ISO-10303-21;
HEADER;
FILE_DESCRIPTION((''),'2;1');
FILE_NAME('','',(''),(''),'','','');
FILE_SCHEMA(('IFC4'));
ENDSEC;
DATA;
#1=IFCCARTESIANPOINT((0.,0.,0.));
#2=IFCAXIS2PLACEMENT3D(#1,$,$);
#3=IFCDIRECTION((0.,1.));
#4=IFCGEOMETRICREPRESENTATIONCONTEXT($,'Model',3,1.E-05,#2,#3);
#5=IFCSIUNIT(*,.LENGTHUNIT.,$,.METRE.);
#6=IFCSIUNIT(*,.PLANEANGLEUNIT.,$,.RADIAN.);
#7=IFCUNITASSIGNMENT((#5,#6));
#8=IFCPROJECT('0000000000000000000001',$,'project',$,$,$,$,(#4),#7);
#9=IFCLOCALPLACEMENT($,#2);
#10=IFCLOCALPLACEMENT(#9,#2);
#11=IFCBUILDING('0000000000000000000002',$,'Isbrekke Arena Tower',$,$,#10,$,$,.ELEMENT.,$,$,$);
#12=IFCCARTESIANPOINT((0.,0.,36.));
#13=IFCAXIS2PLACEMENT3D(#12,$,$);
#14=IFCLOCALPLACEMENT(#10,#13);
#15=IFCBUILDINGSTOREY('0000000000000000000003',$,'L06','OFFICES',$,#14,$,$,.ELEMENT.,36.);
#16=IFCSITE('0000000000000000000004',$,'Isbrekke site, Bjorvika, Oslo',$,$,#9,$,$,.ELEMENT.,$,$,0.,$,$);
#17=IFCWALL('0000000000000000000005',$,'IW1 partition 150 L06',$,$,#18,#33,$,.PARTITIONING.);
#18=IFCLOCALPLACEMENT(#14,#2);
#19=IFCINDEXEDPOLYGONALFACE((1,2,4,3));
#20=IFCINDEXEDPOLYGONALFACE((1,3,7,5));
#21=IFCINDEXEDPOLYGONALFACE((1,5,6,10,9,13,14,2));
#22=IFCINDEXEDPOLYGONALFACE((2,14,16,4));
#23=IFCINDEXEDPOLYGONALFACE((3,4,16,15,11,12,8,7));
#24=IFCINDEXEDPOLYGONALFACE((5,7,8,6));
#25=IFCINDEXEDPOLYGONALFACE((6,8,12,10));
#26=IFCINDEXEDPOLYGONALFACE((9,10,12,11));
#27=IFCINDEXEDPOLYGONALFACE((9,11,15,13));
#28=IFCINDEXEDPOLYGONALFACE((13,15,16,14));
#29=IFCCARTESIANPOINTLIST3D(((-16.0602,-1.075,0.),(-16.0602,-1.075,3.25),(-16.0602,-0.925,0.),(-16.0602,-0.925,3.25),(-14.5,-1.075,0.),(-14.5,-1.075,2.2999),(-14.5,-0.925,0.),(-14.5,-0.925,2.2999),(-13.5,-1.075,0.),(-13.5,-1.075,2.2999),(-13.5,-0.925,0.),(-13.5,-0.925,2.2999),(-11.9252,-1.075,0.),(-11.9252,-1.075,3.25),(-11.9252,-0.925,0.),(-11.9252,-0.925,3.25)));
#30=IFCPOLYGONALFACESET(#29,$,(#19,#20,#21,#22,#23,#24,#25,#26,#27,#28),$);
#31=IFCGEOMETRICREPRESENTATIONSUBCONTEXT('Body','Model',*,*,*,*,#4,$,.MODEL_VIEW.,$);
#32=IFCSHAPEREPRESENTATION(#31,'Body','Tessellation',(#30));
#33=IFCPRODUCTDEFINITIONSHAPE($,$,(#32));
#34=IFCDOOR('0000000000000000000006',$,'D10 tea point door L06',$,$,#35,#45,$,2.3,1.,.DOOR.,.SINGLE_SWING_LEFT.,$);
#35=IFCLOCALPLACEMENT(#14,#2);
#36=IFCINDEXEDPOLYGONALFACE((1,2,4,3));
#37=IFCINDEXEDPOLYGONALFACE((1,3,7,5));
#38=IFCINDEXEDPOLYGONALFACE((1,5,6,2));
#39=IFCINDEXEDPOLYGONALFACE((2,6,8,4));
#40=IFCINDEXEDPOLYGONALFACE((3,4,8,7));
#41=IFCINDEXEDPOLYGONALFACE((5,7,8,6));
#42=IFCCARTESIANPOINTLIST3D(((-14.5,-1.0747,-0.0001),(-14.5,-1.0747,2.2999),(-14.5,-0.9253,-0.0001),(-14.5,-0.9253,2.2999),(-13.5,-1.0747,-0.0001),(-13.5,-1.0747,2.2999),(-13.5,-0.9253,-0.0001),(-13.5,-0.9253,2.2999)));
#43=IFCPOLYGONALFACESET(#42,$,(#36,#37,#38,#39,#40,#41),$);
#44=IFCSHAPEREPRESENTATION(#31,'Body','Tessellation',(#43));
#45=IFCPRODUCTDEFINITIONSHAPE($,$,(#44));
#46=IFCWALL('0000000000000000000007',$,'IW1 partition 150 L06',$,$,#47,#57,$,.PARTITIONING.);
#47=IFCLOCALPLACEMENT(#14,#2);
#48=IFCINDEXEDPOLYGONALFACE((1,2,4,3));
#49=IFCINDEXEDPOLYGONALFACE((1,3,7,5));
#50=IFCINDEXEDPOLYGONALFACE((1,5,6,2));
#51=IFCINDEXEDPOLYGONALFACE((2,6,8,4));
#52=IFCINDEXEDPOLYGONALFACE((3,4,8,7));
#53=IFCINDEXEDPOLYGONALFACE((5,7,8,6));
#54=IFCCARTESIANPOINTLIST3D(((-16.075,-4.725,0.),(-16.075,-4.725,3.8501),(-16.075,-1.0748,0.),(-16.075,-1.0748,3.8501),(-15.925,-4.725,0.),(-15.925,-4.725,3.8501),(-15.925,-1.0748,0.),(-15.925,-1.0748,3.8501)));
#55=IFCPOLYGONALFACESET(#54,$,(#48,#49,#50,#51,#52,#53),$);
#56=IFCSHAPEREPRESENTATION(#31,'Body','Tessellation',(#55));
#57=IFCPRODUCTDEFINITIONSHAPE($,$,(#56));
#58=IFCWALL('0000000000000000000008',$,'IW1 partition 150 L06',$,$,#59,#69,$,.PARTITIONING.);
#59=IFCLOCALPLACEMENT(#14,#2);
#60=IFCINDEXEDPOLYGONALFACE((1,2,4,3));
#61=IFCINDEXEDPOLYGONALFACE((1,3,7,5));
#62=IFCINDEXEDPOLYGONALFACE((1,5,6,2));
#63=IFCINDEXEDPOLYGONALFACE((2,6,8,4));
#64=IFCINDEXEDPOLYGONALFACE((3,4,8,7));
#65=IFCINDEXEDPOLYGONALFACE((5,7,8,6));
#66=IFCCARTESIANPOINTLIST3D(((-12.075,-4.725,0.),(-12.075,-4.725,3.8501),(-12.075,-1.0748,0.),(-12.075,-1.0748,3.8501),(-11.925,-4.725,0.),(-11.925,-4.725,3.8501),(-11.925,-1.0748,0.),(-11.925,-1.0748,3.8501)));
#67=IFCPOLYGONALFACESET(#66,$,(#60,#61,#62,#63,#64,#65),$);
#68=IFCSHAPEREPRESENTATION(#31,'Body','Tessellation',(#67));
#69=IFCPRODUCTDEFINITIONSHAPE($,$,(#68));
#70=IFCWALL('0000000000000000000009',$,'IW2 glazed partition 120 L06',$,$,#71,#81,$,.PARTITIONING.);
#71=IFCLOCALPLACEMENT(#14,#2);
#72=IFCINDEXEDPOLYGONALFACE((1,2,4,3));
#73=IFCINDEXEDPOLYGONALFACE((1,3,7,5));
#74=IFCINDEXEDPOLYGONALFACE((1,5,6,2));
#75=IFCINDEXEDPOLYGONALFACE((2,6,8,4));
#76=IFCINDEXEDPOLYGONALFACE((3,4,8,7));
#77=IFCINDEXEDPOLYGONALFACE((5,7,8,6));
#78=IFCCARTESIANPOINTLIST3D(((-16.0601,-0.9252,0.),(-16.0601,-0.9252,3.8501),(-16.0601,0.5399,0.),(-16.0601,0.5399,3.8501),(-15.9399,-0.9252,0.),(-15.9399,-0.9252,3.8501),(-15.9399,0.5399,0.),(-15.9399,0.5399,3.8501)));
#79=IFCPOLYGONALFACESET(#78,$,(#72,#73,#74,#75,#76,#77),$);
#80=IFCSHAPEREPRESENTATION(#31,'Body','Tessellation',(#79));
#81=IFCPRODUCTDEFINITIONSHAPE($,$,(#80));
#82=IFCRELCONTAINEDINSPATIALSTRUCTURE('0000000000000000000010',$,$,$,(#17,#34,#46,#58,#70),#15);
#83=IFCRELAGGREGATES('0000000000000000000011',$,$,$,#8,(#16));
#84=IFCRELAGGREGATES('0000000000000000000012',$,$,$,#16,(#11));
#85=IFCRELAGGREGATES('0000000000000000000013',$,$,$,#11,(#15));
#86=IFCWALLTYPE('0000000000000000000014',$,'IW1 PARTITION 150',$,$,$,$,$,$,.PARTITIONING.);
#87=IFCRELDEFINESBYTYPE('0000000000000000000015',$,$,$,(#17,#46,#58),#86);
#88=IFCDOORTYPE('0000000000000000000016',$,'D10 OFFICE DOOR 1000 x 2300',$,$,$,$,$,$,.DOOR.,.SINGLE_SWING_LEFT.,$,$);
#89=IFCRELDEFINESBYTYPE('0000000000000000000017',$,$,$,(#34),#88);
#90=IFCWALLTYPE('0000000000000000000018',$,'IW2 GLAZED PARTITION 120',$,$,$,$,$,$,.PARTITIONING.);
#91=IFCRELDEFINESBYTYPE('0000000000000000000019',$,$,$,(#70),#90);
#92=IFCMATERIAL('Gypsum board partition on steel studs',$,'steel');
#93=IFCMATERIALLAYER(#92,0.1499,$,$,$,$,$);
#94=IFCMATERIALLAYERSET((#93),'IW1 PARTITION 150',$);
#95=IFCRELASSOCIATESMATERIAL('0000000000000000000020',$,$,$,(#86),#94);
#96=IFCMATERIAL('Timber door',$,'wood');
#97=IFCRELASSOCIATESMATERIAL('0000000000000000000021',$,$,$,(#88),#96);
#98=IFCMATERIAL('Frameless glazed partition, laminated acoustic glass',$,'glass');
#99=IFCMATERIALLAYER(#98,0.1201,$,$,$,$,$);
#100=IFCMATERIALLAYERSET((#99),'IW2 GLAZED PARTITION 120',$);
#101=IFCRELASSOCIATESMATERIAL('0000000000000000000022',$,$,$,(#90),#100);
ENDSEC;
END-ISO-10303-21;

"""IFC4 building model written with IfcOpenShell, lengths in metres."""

from ifc_helpers import new_model, si_unit, direction, frame, frame_2d, origin, place, context, subcontext, project, spatial, rectangle, extrude, material, layer, layer_set, type_object, element, fill, save


model = new_model("IFC4")

# Units and contexts
model_context = context("Model", 3, precision=1e-05, world=origin(), true_north=direction((0.0, 1.0)))
body_context = subcontext(model_context, "Body", "Model", "MODEL_VIEW")
ifc_project = project(units=[si_unit("LENGTHUNIT", "METRE"), si_unit("PLANEANGLEUNIT", "RADIAN")], contexts=[model_context])

# Site, building, storey
site_placement = place(None, origin())
site = spatial("IfcSite", under=ifc_project, at=site_placement, Name="Isbrekke site, Bjorvika, Oslo", CompositionType="ELEMENT", RefElevation=0.0)
building_placement = place(site_placement, origin())
building = spatial("IfcBuilding", under=site, at=building_placement, Name="Isbrekke Arena Tower", CompositionType="ELEMENT")
storey_placement = place(building_placement, frame((0.0, 0.0, 36.0)))
storey = spatial("IfcBuildingStorey", under=building, at=storey_placement, Name="L06", Description="OFFICES", CompositionType="ELEMENT", Elevation=36.0)

# Shared definitions
ifc_material_1 = material(Name="Gypsum board partition on steel studs", Category="steel")
ifc_layer_1 = layer(ifc_material_1, 0.1499)
ifc_layer_set_1 = layer_set([ifc_layer_1], Name="IW1 PARTITION 150")
wall_type_1 = type_object("IfcWallType", Name="IW1 PARTITION 150", PredefinedType="PARTITIONING", material=ifc_layer_set_1)

# Wall, opening, door
wall_1_placement = place(storey_placement, frame((-16.0601, -1.0, 0.0), z_axis=(0.0, 0.0, 1.0), x_axis=(1.0, 0.0, 0.0)))
wall_1 = element("IfcWall", 1, at=wall_1_placement, inside=storey, type_object=wall_type_1, Name="IW1 partition 150 L06", PredefinedType="PARTITIONING", context=body_context, shape_type="SweptSolid", body=[
    extrude(rectangle(XDim=4.135, YDim=0.1499, at=frame_2d((2.0674, 0.0))), origin(), (0.0, 0.0, 1.0), 3.25),
])
opening_placement = place(wall_1_placement, frame((1.5601, 0.0, 0.0)))
opening = element("IfcOpeningElement", 2, at=opening_placement, cuts=wall_1, PredefinedType="OPENING", context=body_context, shape_type="SweptSolid", body=[
    extrude(rectangle(XDim=1.0, YDim=2.3, at=frame_2d((0.5, 1.1499))), frame((0.0, 0.0898, 0.0), z_axis=(0.0, -1.0, 0.0), x_axis=(1.0, 0.0, 0.0)), (0.0, 0.0, 1.0), 0.1797),
])
ifc_material_2 = material(Name="Timber door", Category="wood")
door_type = type_object("IfcDoorType", Name="D10 OFFICE DOOR 1000 x 2300", OperationType="SINGLE_SWING_LEFT", PredefinedType="DOOR", material=ifc_material_2)
door_placement = place(opening_placement, origin())
door = element("IfcDoor", 3, at=door_placement, inside=storey, type_object=door_type, Name="D10 tea point door L06", OperationType="SINGLE_SWING_LEFT", OverallHeight=2.3, OverallWidth=1.0, PredefinedType="DOOR", context=body_context, shape_type="SweptSolid", body=[
    extrude(rectangle(XDim=1.0, YDim=2.3, at=frame_2d((0.5, 1.1499))), frame((0.0, 0.0747, 0.0), z_axis=(0.0, -1.0, 0.0), x_axis=(1.0, 0.0, 0.0)), (0.0, 0.0, 1.0), 0.1494),
])
fill(opening, door)

# Walls
for number, where, z_axis, x_axis, name in (
    (4, (-16.0, -4.7251, 0.0), (0.0, 0.0, 1.0), (0.0, 1.0, 0.0), "IW1 partition 150 L06"),
    (5, (-12.0, -4.7251, 0.0), (0.0, 0.0, 1.0), (0.0, 1.0, 0.0), "IW1 partition 150 L06"),
):
    element("IfcWall", number, at=place(storey_placement, frame(where, z_axis=z_axis, x_axis=x_axis)), inside=storey, type_object=wall_type_1, Name=name, PredefinedType="PARTITIONING", context=body_context, shape_type="SweptSolid", body=[
        extrude(rectangle(XDim=3.6501, YDim=0.1499, at=frame_2d((1.8252, 0.0))), origin(), (0.0, 0.0, 1.0), 3.8501),
    ])
ifc_material_3 = material(Name="Frameless glazed partition, laminated acoustic glass", Category="glass")
ifc_layer_2 = layer(ifc_material_3, 0.1201)
ifc_layer_set_2 = layer_set([ifc_layer_2], Name="IW2 GLAZED PARTITION 120")
wall_type_2 = type_object("IfcWallType", Name="IW2 GLAZED PARTITION 120", PredefinedType="PARTITIONING", material=ifc_layer_set_2)
wall_2_placement = place(storey_placement, frame((-16.0, -0.925, 0.0), z_axis=(0.0, 0.0, 1.0), x_axis=(0.0, 1.0, 0.0)))
element("IfcWall", 6, at=wall_2_placement, inside=storey, type_object=wall_type_2, Name="IW2 glazed partition 120 L06", PredefinedType="PARTITIONING", context=body_context, shape_type="SweptSolid", body=[
    extrude(rectangle(XDim=1.4651, YDim=0.1201, at=frame_2d((0.7324, 0.0))), origin(), (0.0, 0.0, 1.0), 3.8501),
])

save(model, "model.ifc")
